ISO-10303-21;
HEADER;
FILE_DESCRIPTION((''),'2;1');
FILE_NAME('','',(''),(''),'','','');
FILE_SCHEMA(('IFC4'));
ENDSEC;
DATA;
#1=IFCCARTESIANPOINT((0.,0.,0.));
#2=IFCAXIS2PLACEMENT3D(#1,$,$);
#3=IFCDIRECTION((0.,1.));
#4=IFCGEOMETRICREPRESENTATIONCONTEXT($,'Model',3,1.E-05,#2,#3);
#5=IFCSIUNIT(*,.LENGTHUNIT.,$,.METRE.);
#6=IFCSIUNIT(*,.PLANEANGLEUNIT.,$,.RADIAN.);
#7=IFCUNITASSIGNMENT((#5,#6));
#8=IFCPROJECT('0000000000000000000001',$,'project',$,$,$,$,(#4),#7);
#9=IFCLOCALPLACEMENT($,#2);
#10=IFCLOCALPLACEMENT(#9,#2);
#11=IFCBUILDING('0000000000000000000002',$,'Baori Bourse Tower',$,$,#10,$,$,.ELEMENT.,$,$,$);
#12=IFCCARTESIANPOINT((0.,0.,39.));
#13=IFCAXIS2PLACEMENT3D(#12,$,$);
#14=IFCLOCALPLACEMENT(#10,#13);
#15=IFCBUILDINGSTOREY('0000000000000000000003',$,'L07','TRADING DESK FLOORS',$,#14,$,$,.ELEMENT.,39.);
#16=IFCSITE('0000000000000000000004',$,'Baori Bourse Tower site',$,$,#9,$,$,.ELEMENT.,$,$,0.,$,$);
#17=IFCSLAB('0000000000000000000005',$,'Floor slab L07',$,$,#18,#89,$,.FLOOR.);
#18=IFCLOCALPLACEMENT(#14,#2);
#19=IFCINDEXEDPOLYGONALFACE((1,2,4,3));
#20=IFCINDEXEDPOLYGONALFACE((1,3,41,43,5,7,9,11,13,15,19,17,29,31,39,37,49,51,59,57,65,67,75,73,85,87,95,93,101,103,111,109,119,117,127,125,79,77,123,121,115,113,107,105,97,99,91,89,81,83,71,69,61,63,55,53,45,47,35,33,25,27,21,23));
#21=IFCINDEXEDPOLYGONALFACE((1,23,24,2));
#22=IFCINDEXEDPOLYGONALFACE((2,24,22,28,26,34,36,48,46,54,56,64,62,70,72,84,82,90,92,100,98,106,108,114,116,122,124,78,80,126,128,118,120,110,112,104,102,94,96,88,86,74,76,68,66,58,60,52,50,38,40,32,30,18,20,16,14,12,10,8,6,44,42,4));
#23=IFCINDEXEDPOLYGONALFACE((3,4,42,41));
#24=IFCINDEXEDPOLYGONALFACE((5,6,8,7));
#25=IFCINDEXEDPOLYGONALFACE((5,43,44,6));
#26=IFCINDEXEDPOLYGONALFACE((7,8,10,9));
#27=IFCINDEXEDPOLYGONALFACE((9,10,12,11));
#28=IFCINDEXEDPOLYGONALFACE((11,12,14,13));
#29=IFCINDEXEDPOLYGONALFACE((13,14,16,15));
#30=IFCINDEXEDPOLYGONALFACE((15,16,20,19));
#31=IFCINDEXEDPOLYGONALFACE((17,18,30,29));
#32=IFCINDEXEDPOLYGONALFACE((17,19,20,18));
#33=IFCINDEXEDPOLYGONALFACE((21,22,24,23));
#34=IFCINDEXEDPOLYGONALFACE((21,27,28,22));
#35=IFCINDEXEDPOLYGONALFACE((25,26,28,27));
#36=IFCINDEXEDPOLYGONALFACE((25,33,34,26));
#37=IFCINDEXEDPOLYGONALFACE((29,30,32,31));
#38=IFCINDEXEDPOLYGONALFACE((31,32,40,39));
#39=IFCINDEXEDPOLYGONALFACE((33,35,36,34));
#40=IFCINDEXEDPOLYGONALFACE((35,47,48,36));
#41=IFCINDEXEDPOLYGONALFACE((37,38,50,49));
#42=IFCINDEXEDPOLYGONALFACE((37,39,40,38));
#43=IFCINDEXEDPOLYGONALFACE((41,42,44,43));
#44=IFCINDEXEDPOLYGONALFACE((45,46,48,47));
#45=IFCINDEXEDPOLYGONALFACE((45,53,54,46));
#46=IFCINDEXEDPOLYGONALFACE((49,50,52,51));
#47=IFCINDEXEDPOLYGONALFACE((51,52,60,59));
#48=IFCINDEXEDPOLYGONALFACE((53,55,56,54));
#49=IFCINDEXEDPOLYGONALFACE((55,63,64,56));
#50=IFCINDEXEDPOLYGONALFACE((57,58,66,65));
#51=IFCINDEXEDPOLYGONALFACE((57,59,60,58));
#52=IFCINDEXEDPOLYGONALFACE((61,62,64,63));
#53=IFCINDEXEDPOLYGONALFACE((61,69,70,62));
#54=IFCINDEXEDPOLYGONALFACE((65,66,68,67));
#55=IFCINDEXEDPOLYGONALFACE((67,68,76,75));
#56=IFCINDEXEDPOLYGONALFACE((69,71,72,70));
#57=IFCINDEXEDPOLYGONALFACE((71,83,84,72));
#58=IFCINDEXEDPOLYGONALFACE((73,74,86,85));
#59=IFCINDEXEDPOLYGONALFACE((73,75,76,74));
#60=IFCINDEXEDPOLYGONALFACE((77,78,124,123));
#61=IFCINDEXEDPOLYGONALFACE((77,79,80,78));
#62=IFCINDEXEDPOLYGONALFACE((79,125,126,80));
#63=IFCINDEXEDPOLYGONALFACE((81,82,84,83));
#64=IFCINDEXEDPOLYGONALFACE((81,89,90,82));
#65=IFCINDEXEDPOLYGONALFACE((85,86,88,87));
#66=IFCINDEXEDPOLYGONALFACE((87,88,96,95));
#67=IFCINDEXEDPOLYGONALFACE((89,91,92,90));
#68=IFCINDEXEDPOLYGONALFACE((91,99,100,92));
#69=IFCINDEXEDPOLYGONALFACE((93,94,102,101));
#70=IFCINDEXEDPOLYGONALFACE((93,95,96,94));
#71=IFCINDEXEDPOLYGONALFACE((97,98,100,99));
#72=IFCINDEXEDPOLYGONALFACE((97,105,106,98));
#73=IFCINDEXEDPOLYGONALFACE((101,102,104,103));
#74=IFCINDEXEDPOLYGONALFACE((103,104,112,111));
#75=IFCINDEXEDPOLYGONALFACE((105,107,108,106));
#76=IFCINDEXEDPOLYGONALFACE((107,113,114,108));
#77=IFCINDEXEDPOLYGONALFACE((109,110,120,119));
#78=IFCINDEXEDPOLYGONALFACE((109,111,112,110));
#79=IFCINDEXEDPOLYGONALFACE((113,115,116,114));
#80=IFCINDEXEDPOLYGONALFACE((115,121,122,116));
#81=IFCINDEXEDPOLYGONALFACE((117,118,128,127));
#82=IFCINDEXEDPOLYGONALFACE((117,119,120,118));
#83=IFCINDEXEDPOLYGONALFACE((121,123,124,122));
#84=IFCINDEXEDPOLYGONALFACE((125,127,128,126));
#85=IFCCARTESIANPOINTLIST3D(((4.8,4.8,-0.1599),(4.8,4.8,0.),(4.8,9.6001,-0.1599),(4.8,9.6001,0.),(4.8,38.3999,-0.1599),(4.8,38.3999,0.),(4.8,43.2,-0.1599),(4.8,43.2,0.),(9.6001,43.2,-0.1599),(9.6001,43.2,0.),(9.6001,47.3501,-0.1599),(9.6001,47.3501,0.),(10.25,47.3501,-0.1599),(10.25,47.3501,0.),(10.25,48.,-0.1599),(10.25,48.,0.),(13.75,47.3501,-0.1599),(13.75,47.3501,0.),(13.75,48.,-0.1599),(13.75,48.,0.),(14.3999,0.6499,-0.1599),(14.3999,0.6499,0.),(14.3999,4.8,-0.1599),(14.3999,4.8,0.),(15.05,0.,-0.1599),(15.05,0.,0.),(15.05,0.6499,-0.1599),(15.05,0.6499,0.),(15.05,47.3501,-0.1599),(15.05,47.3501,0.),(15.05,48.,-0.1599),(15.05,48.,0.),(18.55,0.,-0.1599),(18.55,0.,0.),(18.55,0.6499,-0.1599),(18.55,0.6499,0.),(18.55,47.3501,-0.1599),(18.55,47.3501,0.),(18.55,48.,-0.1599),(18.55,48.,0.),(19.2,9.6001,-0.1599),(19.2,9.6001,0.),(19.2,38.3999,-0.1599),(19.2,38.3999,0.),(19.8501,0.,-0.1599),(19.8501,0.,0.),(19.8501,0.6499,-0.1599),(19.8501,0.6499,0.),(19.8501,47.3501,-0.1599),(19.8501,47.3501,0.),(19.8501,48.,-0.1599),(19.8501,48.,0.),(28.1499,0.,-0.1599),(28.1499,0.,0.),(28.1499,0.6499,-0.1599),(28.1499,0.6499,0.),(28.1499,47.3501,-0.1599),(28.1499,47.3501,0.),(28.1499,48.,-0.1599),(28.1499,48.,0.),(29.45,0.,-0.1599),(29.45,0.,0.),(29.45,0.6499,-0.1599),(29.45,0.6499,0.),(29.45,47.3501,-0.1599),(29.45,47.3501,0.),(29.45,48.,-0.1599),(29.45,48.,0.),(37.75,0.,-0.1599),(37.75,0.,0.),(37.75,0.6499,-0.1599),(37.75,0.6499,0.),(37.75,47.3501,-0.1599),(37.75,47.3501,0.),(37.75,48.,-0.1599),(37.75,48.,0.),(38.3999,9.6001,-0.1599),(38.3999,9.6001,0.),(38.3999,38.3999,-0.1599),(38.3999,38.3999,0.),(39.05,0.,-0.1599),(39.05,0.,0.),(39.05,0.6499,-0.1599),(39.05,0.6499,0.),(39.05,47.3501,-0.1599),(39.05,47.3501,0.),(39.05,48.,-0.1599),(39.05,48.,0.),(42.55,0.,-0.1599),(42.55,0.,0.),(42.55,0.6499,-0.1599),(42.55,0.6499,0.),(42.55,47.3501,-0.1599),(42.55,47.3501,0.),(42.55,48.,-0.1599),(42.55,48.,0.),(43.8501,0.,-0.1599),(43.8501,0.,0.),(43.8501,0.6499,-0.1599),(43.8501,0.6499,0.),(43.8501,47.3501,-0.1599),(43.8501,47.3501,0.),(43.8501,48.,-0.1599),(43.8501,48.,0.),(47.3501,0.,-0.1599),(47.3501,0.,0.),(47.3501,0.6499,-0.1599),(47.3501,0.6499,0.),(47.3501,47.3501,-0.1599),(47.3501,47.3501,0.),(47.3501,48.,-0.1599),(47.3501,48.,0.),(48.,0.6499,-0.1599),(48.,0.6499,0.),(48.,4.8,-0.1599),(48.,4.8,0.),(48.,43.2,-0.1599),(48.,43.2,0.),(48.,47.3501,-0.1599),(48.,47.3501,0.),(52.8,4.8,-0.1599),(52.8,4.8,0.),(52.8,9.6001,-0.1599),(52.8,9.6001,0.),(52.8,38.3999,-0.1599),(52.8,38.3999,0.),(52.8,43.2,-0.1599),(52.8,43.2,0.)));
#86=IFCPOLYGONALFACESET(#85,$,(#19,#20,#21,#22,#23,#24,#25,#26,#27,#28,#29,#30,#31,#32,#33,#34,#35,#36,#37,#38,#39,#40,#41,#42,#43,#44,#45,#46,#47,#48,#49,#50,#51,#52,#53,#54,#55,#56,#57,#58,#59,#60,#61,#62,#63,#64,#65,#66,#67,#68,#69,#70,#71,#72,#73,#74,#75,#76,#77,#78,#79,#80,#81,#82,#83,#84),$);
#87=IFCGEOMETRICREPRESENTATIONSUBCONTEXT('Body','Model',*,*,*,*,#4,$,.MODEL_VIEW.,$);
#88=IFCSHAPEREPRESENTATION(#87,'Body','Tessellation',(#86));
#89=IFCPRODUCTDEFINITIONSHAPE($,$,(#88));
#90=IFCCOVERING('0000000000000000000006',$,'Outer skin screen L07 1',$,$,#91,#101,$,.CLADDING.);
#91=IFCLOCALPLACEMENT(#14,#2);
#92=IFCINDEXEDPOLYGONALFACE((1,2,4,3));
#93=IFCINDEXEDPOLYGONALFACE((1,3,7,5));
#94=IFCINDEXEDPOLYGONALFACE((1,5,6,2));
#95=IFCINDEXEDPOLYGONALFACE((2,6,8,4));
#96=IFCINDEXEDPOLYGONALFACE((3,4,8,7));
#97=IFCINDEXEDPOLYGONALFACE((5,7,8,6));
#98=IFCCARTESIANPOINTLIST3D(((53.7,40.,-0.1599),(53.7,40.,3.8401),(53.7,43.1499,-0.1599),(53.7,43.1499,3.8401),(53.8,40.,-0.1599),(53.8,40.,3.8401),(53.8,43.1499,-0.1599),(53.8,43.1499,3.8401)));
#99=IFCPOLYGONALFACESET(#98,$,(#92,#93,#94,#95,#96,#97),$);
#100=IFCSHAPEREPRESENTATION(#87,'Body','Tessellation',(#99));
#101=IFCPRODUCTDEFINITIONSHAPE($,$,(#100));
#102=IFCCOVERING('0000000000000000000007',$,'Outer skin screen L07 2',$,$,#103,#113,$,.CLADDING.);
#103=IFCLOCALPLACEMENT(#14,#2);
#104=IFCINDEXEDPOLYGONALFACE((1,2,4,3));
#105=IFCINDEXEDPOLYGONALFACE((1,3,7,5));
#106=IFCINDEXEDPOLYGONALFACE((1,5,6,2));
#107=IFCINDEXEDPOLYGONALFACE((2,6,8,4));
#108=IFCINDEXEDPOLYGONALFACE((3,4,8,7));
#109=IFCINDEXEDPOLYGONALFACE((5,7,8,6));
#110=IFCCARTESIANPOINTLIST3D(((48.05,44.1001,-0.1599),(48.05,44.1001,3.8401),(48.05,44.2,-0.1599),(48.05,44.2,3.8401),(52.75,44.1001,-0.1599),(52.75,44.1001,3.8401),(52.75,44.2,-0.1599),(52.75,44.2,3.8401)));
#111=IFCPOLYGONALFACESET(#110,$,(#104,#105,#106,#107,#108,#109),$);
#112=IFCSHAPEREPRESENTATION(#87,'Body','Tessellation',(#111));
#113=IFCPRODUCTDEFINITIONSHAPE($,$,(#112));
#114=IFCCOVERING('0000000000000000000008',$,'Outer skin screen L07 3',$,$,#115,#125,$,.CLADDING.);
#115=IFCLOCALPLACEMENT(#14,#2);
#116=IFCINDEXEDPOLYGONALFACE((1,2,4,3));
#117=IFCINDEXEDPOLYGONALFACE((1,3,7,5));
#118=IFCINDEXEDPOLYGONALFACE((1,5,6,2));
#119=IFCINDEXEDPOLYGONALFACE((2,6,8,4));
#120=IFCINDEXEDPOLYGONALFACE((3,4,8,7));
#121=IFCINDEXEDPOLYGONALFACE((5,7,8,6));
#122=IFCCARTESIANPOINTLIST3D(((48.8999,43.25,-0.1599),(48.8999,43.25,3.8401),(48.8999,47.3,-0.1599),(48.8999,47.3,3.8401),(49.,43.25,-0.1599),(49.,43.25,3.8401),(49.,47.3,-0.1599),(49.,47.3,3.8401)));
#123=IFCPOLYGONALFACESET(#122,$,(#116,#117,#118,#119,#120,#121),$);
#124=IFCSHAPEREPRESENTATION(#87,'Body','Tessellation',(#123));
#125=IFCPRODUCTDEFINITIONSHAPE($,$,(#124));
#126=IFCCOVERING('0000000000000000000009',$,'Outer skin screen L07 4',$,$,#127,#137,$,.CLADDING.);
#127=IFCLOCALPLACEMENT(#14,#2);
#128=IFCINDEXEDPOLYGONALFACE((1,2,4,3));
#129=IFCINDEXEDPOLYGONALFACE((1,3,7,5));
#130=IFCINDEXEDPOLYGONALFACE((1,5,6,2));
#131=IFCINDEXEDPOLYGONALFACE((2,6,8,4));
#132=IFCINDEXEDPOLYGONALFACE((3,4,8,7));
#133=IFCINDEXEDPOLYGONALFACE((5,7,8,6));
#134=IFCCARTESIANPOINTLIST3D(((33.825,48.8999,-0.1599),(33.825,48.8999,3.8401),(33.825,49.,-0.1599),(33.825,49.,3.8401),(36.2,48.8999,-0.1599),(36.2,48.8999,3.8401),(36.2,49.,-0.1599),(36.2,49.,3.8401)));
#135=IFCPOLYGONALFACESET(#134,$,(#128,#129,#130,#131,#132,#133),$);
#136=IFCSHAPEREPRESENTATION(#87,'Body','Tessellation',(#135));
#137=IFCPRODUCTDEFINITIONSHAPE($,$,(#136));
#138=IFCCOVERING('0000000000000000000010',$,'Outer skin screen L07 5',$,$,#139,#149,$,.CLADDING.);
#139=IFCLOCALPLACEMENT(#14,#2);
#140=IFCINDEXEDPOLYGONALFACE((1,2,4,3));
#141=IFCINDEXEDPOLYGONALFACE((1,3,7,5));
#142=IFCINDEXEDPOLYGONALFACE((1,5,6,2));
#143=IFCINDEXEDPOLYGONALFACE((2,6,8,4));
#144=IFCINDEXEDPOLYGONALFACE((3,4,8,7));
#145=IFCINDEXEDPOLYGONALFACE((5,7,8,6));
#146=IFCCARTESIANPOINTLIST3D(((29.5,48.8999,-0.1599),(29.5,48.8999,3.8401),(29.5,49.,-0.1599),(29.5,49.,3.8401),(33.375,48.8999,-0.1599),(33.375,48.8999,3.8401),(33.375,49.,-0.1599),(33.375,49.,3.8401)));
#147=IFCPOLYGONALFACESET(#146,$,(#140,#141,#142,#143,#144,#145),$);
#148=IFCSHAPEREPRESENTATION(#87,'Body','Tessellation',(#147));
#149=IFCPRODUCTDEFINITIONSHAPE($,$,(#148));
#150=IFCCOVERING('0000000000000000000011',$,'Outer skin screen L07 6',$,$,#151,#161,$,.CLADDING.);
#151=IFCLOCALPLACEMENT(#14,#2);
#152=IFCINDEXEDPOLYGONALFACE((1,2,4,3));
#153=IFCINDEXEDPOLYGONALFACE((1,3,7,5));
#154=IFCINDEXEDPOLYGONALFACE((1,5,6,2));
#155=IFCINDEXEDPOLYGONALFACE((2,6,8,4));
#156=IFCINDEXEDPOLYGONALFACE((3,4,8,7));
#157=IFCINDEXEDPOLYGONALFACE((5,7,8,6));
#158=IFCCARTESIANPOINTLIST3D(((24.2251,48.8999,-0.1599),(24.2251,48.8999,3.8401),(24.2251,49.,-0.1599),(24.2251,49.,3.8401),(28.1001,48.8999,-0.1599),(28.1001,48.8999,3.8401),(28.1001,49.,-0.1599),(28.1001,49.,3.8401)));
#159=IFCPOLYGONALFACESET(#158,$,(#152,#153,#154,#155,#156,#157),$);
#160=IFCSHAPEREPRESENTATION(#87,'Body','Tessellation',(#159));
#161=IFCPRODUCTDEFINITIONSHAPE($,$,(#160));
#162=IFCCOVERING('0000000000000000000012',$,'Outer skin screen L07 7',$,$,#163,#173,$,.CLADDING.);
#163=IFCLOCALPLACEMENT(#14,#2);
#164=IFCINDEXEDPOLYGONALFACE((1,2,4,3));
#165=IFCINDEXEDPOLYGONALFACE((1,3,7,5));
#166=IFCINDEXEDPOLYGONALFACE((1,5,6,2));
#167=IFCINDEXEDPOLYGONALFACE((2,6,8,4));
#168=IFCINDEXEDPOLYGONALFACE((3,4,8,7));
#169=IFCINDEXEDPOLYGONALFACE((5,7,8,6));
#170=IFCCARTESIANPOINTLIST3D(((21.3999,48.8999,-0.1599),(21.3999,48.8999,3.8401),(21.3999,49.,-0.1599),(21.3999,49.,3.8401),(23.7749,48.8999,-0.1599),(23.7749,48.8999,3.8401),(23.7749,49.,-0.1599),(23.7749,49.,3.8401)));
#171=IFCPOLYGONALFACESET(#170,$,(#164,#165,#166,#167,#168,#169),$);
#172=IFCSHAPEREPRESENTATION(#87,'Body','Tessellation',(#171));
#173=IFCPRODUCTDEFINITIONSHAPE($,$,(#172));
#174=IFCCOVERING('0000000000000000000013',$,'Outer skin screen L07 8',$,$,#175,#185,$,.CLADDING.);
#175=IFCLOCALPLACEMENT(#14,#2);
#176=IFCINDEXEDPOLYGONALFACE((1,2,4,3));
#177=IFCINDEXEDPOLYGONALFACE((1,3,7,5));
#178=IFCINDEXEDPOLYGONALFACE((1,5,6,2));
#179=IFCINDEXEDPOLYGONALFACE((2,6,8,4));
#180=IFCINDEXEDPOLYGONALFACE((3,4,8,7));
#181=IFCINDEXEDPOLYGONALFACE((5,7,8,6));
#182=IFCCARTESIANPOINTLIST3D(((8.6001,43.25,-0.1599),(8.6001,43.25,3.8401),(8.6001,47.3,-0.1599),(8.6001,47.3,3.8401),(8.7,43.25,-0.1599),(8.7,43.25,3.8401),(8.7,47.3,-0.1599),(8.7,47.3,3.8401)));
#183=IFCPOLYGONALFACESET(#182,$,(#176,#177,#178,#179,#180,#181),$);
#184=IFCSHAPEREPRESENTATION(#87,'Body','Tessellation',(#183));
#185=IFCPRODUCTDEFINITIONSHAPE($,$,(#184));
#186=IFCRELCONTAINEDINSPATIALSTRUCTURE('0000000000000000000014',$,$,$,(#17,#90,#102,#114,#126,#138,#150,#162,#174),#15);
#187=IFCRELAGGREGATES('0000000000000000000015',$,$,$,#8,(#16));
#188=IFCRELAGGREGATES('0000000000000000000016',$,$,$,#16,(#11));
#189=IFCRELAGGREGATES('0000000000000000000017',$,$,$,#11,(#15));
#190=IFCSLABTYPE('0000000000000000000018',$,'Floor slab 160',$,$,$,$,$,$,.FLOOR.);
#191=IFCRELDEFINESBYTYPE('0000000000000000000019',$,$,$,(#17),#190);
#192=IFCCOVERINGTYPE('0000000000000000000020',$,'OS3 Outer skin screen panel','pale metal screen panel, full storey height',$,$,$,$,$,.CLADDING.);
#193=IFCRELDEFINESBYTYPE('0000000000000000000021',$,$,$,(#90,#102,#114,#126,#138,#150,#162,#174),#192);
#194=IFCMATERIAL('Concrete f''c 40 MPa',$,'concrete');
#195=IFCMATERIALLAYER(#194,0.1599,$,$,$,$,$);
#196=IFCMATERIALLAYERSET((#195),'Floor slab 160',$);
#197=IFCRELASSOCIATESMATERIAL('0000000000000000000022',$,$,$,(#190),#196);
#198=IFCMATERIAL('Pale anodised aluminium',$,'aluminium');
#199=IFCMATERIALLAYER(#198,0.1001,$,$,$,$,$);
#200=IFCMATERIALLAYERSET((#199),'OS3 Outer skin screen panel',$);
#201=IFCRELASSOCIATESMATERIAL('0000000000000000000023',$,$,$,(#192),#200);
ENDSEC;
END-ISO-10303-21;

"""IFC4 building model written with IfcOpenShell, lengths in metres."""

from ifc_helpers import new_model, si_unit, direction, frame, origin, place, context, subcontext, project, spatial, polyline, outline, extrude, material, layer, layer_set, type_object, element, save


model = new_model("IFC4")

# Units and contexts
model_context = context("Model", 3, precision=1e-05, world=origin(), true_north=direction((0.0, 1.0)))
body_context = subcontext(model_context, "Body", "Model", "MODEL_VIEW")
ifc_project = project(units=[si_unit("LENGTHUNIT", "METRE"), si_unit("PLANEANGLEUNIT", "RADIAN")], contexts=[model_context])

# Site, building, storey
site_placement = place(None, origin())
site = spatial("IfcSite", under=ifc_project, at=site_placement, Name="Baori Bourse Tower site", CompositionType="ELEMENT", RefElevation=0.0)
building_placement = place(site_placement, origin())
building = spatial("IfcBuilding", under=site, at=building_placement, Name="Baori Bourse Tower", CompositionType="ELEMENT")
storey_placement = place(building_placement, frame((0.0, 0.0, 39.0)))
storey = spatial("IfcBuildingStorey", under=building, at=storey_placement, Name="L07", Description="TRADING DESK FLOORS", CompositionType="ELEMENT", Elevation=39.0)

# Slab
ifc_material_1 = material(Name="Concrete f'c 40 MPa", Category="concrete")
ifc_layer_1 = layer(ifc_material_1, 0.1599)
ifc_layer_set_1 = layer_set([ifc_layer_1], Name="Floor slab 160")
slab_type_1 = type_object("IfcSlabType", Name="Floor slab 160", PredefinedType="FLOOR", material=ifc_layer_set_1)
slab_1_placement = place(storey_placement, frame((0.0, 0.0, -0.1599)))
element("IfcSlab", 1, at=slab_1_placement, inside=storey, type_object=slab_type_1, Name="Floor slab L07", PredefinedType="FLOOR", context=body_context, shape_type="SweptSolid", body=[
    extrude(outline(polyline([(14.3999, 4.8), (4.8, 4.8), (4.8, 9.6001), (19.2, 9.6001), (19.2, 38.3999), (4.8, 38.3999), (4.8, 43.2), (9.6001, 43.2), (9.6001, 47.3501), (10.25, 47.3501), (10.25, 48.0), (13.75, 48.0), (13.75, 47.3501), (15.05, 47.3501), (15.05, 48.0), (18.55, 48.0), (18.55, 47.3501), (19.8501, 47.3501), (19.8501, 48.0), (28.1499, 48.0), (28.1499, 47.3501), (29.45, 47.3501), (29.45, 48.0), (37.75, 48.0), (37.75, 47.3501), (39.05, 47.3501), (39.05, 48.0), (42.55, 48.0), (42.55, 47.3501), (43.8501, 47.3501), (43.8501, 48.0), (47.3501, 48.0), (47.3501, 47.3501), (48.0, 47.3501), (48.0, 43.2), (52.8, 43.2), (52.8, 38.3999), (38.3999, 38.3999), (38.3999, 9.6001), (52.8, 9.6001), (52.8, 4.8), (48.0, 4.8), (48.0, 0.6499), (47.3501, 0.6499), (47.3501, 0.0), (43.8501, 0.0), (43.8501, 0.6499), (42.55, 0.6499), (42.55, 0.0), (39.05, 0.0), (39.05, 0.6499), (37.75, 0.6499), (37.75, 0.0), (29.45, 0.0), (29.45, 0.6499), (28.1499, 0.6499), (28.1499, 0.0), (19.8501, 0.0), (19.8501, 0.6499), (18.55, 0.6499), (18.55, 0.0), (15.05, 0.0), (15.05, 0.6499), (14.3999, 0.6499), (14.3999, 4.8)])), origin(), (0.0, 0.0, 1.0), 0.1599),
])

# Coverings
ifc_material_2 = material(Name="Pale anodised aluminium", Category="aluminium")
ifc_layer_2 = layer(ifc_material_2, 0.1001)
ifc_layer_set_2 = layer_set([ifc_layer_2], Name="OS3 Outer skin screen panel")
covering_type = type_object("IfcCoveringType", Name="OS3 Outer skin screen panel", Description="pale metal screen panel, full storey height", PredefinedType="CLADDING", material=ifc_layer_set_2)
covering_1_placement = place(storey_placement, frame((0.0, 0.0, -0.1599)))
element("IfcCovering", 2, at=covering_1_placement, inside=storey, type_object=covering_type, Name="Outer skin screen L07 1", PredefinedType="CLADDING", context=body_context, shape_type="SweptSolid", body=[
    extrude(outline(polyline([(53.7, 43.1499), (53.7, 40.0), (53.8, 40.0), (53.8, 43.1499), (53.7, 43.1499)])), origin(), (0.0, 0.0, 1.0), 4.0),
])
covering_2_placement = place(storey_placement, frame((0.0, 0.0, -0.1599)))
element("IfcCovering", 3, at=covering_2_placement, inside=storey, type_object=covering_type, Name="Outer skin screen L07 2", PredefinedType="CLADDING", context=body_context, shape_type="SweptSolid", body=[
    extrude(outline(polyline([(48.05, 44.1001), (52.75, 44.1001), (52.75, 44.2), (48.05, 44.2), (48.05, 44.1001)])), origin(), (0.0, 0.0, 1.0), 4.0),
])
covering_3_placement = place(storey_placement, frame((0.0, 0.0, -0.1599)))
element("IfcCovering", 4, at=covering_3_placement, inside=storey, type_object=covering_type, Name="Outer skin screen L07 3", PredefinedType="CLADDING", context=body_context, shape_type="SweptSolid", body=[
    extrude(outline(polyline([(48.8999, 47.3), (48.8999, 43.25), (49.0, 43.25), (49.0, 47.3), (48.8999, 47.3)])), origin(), (0.0, 0.0, 1.0), 4.0),
])
covering_4_placement = place(storey_placement, frame((0.0, 0.0, -0.1599)))
element("IfcCovering", 5, at=covering_4_placement, inside=storey, type_object=covering_type, Name="Outer skin screen L07 4", PredefinedType="CLADDING", context=body_context, shape_type="SweptSolid", body=[
    extrude(outline(polyline([(33.825, 48.8999), (36.2, 48.8999), (36.2, 49.0), (33.825, 49.0), (33.825, 48.8999)])), origin(), (0.0, 0.0, 1.0), 4.0),
])
covering_5_placement = place(storey_placement, frame((0.0, 0.0, -0.1599)))
element("IfcCovering", 6, at=covering_5_placement, inside=storey, type_object=covering_type, Name="Outer skin screen L07 5", PredefinedType="CLADDING", context=body_context, shape_type="SweptSolid", body=[
    extrude(outline(polyline([(29.5, 48.8999), (33.375, 48.8999), (33.375, 49.0), (29.5, 49.0), (29.5, 48.8999)])), origin(), (0.0, 0.0, 1.0), 4.0),
])
covering_6_placement = place(storey_placement, frame((0.0, 0.0, -0.1599)))
element("IfcCovering", 7, at=covering_6_placement, inside=storey, type_object=covering_type, Name="Outer skin screen L07 6", PredefinedType="CLADDING", context=body_context, shape_type="SweptSolid", body=[
    extrude(outline(polyline([(24.2251, 48.8999), (28.1001, 48.8999), (28.1001, 49.0), (24.2251, 49.0), (24.2251, 48.8999)])), origin(), (0.0, 0.0, 1.0), 4.0),
])
covering_7_placement = place(storey_placement, frame((0.0, 0.0, -0.1599)))
element("IfcCovering", 8, at=covering_7_placement, inside=storey, type_object=covering_type, Name="Outer skin screen L07 7", PredefinedType="CLADDING", context=body_context, shape_type="SweptSolid", body=[
    extrude(outline(polyline([(21.3999, 48.8999), (23.7749, 48.8999), (23.7749, 49.0), (21.3999, 49.0), (21.3999, 48.8999)])), origin(), (0.0, 0.0, 1.0), 4.0),
])
covering_8_placement = place(storey_placement, frame((0.0, 0.0, -0.1599)))
element("IfcCovering", 9, at=covering_8_placement, inside=storey, type_object=covering_type, Name="Outer skin screen L07 8", PredefinedType="CLADDING", context=body_context, shape_type="SweptSolid", body=[
    extrude(outline(polyline([(8.7, 43.25), (8.7, 47.3), (8.6001, 47.3), (8.6001, 43.25), (8.7, 43.25)])), origin(), (0.0, 0.0, 1.0), 4.0),
])

save(model, "model.ifc")
